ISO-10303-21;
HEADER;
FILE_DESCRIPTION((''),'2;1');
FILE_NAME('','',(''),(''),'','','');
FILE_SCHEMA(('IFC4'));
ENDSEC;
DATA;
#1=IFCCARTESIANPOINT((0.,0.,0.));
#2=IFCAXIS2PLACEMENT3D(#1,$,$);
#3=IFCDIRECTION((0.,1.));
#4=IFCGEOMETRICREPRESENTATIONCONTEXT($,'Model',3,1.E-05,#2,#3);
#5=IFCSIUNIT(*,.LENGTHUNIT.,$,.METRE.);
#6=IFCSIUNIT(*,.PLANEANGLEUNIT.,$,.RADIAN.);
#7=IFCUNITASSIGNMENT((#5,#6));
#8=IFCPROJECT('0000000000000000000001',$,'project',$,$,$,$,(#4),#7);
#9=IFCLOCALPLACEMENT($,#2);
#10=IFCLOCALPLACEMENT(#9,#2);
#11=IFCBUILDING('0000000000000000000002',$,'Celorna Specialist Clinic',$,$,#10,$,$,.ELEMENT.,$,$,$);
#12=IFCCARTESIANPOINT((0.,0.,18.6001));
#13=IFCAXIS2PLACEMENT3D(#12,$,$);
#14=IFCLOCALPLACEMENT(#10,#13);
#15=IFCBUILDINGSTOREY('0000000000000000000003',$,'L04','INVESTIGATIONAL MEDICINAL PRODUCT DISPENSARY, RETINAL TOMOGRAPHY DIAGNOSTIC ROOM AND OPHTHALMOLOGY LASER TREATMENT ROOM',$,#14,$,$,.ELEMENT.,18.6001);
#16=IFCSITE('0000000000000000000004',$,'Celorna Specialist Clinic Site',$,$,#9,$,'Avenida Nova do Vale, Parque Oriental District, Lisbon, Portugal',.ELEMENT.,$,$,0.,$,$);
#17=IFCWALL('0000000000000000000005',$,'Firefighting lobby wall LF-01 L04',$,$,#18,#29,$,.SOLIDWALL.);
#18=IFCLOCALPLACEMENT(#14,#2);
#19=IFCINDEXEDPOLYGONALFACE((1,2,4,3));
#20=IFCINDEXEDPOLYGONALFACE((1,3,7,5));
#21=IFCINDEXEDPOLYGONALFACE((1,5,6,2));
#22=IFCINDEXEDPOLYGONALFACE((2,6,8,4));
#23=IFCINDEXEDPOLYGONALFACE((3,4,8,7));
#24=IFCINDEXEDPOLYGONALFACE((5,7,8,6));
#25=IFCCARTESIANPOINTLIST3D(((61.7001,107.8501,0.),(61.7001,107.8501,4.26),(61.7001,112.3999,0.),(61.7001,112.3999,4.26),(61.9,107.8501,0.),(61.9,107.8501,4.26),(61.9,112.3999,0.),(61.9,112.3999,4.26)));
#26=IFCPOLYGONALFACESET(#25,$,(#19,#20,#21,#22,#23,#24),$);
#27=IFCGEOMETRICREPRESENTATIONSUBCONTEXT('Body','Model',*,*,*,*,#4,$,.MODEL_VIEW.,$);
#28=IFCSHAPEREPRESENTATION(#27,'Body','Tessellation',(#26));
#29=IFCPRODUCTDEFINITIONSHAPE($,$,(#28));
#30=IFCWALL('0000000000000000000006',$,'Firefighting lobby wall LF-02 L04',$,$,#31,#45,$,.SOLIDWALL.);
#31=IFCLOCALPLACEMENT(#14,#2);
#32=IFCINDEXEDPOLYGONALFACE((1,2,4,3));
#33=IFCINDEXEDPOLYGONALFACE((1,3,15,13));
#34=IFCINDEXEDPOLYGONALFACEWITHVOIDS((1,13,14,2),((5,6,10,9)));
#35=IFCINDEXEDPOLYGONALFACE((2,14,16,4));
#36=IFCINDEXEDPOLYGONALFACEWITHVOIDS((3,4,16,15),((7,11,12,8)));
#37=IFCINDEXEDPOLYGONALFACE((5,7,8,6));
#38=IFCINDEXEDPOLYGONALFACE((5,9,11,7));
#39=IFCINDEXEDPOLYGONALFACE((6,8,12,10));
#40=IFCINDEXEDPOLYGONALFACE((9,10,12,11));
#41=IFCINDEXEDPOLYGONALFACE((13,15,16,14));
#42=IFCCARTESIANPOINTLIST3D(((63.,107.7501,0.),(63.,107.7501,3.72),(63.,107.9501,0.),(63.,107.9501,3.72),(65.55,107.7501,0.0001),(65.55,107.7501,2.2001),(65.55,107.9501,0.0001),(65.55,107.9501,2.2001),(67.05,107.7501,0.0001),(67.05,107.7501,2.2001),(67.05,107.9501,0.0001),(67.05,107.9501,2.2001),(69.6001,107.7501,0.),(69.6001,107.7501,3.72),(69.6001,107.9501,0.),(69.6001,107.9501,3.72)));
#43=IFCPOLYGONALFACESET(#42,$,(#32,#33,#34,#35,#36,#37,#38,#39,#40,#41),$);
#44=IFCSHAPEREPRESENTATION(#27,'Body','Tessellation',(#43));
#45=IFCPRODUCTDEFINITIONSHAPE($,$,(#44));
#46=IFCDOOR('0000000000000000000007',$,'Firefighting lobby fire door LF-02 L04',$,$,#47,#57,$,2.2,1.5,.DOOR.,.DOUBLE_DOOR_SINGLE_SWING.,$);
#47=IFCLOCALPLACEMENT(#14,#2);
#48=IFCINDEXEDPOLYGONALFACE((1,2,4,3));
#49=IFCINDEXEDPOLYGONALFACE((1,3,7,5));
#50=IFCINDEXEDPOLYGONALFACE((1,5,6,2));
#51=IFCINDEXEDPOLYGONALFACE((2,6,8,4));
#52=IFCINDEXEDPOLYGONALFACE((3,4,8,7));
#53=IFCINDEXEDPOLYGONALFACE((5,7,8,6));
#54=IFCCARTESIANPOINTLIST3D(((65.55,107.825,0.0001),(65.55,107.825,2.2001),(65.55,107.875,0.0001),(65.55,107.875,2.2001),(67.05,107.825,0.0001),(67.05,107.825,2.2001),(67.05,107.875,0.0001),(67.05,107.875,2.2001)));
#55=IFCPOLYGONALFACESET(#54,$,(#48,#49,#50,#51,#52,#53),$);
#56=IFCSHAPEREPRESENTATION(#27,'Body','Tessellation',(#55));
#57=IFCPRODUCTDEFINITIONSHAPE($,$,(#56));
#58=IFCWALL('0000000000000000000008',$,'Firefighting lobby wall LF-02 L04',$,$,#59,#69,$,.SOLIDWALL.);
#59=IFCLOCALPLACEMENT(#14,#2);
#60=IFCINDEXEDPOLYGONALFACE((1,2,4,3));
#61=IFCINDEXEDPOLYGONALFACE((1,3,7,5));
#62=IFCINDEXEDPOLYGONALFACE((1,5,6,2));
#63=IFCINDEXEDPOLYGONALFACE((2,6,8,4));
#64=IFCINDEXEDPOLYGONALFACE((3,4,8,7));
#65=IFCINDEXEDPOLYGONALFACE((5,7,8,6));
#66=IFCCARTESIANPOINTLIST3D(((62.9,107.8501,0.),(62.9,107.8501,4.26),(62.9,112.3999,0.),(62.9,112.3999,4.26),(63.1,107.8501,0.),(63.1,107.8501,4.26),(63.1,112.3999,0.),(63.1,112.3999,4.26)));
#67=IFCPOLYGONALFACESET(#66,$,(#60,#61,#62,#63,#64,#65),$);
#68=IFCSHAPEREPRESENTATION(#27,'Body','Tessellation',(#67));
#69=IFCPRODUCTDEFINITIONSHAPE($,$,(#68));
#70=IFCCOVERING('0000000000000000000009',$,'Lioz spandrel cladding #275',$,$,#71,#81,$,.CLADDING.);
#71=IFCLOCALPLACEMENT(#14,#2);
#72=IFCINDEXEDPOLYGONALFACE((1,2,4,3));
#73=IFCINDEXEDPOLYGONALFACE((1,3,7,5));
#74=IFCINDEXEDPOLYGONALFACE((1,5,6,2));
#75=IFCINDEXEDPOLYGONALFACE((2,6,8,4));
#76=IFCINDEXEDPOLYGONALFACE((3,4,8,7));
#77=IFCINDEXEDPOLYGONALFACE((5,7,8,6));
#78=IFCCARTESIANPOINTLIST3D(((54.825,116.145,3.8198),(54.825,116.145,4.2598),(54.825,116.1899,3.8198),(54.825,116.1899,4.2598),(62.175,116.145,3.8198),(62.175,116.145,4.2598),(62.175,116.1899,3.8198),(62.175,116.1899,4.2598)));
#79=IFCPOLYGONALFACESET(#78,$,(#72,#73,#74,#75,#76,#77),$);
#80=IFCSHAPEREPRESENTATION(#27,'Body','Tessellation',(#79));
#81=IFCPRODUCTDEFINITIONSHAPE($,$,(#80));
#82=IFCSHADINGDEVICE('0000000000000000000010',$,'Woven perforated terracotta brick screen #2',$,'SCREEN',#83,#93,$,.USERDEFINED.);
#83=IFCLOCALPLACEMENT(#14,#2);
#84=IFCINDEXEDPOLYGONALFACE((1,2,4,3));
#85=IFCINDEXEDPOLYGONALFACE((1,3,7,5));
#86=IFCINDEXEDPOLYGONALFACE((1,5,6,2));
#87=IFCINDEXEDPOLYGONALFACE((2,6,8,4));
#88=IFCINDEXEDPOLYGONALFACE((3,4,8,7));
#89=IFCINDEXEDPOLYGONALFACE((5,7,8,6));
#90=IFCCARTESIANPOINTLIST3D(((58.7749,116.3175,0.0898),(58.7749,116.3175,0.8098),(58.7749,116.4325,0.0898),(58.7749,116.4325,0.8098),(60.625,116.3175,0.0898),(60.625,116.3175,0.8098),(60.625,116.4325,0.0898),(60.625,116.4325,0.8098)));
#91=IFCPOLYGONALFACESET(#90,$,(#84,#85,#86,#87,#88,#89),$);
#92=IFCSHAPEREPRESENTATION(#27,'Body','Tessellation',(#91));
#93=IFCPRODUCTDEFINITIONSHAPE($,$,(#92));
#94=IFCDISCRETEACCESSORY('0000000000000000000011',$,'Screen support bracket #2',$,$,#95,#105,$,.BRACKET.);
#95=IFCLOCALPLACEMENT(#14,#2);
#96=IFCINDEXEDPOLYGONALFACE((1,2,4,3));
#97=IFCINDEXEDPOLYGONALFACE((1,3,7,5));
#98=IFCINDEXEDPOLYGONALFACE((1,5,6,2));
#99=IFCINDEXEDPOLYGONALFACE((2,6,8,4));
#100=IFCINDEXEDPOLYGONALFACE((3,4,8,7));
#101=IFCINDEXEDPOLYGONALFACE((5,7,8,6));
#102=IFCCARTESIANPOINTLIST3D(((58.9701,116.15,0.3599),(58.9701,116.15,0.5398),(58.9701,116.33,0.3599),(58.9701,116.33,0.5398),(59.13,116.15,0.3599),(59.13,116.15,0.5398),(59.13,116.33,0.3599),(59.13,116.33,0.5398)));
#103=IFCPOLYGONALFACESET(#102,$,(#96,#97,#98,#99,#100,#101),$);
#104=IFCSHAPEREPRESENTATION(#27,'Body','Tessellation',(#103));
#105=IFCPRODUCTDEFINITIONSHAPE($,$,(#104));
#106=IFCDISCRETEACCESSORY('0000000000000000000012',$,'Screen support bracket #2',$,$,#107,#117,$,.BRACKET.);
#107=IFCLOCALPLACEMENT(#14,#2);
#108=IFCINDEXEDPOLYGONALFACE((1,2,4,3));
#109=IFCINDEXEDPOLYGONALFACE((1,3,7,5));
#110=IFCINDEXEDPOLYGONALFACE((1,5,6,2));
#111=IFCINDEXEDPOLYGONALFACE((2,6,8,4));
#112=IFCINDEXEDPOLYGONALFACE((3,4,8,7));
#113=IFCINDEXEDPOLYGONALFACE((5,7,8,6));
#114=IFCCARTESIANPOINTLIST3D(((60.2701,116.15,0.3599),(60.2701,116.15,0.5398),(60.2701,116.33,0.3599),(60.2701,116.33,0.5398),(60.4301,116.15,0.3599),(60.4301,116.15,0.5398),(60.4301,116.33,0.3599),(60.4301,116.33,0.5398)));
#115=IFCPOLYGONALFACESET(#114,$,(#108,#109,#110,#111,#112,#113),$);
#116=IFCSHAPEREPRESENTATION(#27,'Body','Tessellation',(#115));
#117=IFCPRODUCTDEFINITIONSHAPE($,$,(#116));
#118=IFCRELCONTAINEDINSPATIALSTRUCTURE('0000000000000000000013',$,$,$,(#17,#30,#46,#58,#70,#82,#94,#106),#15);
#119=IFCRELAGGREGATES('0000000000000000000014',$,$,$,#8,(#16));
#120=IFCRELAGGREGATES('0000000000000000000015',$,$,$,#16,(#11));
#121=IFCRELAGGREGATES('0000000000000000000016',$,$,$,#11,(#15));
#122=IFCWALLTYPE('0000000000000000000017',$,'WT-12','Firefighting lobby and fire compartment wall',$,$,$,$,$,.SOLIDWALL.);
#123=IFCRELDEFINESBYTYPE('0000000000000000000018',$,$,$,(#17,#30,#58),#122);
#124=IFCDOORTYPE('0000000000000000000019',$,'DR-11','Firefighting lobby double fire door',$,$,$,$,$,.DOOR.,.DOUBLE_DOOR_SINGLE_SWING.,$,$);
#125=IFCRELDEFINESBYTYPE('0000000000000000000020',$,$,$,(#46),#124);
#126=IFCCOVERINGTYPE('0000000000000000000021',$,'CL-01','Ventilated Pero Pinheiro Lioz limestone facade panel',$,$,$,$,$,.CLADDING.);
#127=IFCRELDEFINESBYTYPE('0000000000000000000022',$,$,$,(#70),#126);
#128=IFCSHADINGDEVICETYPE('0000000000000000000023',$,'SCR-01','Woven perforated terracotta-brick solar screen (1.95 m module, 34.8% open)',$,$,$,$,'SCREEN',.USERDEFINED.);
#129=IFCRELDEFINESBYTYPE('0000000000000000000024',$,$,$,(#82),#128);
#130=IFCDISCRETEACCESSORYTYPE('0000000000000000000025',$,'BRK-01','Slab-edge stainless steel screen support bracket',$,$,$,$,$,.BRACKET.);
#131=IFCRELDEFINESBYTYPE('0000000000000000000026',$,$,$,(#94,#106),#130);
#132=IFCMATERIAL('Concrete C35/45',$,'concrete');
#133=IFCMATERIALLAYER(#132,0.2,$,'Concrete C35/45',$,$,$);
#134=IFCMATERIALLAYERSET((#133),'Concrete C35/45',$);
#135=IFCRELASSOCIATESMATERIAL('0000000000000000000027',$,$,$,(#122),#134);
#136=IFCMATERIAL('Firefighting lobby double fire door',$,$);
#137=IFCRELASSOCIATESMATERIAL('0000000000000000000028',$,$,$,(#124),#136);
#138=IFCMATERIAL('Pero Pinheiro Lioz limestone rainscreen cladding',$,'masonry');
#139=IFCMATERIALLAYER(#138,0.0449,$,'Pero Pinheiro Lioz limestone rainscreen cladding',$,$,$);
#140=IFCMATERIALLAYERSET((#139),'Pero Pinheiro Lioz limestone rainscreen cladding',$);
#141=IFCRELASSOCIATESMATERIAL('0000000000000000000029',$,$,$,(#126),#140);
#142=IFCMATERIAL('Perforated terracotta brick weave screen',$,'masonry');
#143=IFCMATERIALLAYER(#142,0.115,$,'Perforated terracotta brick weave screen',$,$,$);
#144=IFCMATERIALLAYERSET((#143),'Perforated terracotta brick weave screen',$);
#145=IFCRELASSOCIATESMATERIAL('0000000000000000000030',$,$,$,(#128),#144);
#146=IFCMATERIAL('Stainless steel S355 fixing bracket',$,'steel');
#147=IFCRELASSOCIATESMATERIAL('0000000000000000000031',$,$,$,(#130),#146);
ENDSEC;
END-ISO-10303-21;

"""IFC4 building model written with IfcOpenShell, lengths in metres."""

from ifc_helpers import new_model, si_unit, direction, frame, frame_2d, origin, origin_2d, place, context, subcontext, project, spatial, rectangle, extrude, material, layer, layer_set, type_object, element, fill, save


model = new_model("IFC4")

# Units and contexts
model_context = context("Model", 3, precision=1e-05, world=origin(), true_north=direction((0.0, 1.0)))
body_context = subcontext(model_context, "Body", "Model", "MODEL_VIEW")
ifc_project = project(units=[si_unit("LENGTHUNIT", "METRE"), si_unit("PLANEANGLEUNIT", "RADIAN")], contexts=[model_context])

# Site, building, storey
site_placement = place(None, origin())
site = spatial("IfcSite", under=ifc_project, at=site_placement, Name="Celorna Specialist Clinic Site", LongName="Avenida Nova do Vale, Parque Oriental District, Lisbon, Portugal", CompositionType="ELEMENT", RefElevation=0.0)
building_placement = place(site_placement, origin())
building = spatial("IfcBuilding", under=site, at=building_placement, Name="Celorna Specialist Clinic", CompositionType="ELEMENT")
storey_placement = place(building_placement, frame((0.0, 0.0, 18.6001)))
storey = spatial("IfcBuildingStorey", under=building, at=storey_placement, Name="L04", Description="INVESTIGATIONAL MEDICINAL PRODUCT DISPENSARY, RETINAL TOMOGRAPHY DIAGNOSTIC ROOM AND OPHTHALMOLOGY LASER TREATMENT ROOM", CompositionType="ELEMENT", Elevation=18.6001)

# Shared definitions
ifc_material_1 = material(Name="Concrete C35/45", Category="concrete")

# Wall
ifc_layer_1 = layer(ifc_material_1, 0.2, Name="Concrete C35/45")
ifc_layer_set_1 = layer_set([ifc_layer_1], Name="Concrete C35/45")
wall_type_1 = type_object("IfcWallType", Name="WT-12", Description="Firefighting lobby and fire compartment wall", PredefinedType="SOLIDWALL", material=ifc_layer_set_1)
wall_1_placement = place(storey_placement, frame((61.8, 107.8501, 0.0), z_axis=(0.0, 0.0, 1.0), x_axis=(0.0, 1.0, 0.0)))
element("IfcWall", 1, at=wall_1_placement, inside=storey, type_object=wall_type_1, Name="Firefighting lobby wall LF-01 L04", PredefinedType="SOLIDWALL", context=body_context, shape_type="SweptSolid", body=[
    extrude(rectangle(XDim=4.5498, YDim=0.2, at=frame_2d((2.2749, 0.0))), origin(), (0.0, 0.0, 1.0), 4.26),
])

# Wall, opening, door
wall_2_placement = place(storey_placement, frame((63.0, 107.8501, 0.0), z_axis=(0.0, 0.0, 1.0), x_axis=(1.0, 0.0, 0.0)))
wall_2 = element("IfcWall", 2, at=wall_2_placement, inside=storey, type_object=wall_type_1, Name="Firefighting lobby wall LF-02 L04", PredefinedType="SOLIDWALL", context=body_context, shape_type="SweptSolid", body=[
    extrude(rectangle(XDim=6.6001, YDim=0.2, at=frame_2d((3.3, 0.0))), origin(), (0.0, 0.0, 1.0), 3.72),
])
opening_1_placement = place(wall_2_placement, frame((2.55, 0.0, 0.0)))
opening_1 = element("IfcOpeningElement", 3, at=opening_1_placement, cuts=wall_2, PredefinedType="OPENING", context=body_context, shape_type="SweptSolid", body=[
    extrude(rectangle(XDim=1.5, YDim=2.2, at=frame_2d((0.75, 1.1001))), frame((0.0, 0.1099, 0.0), z_axis=(0.0, -1.0, 0.0), x_axis=(1.0, 0.0, 0.0)), (0.0, 0.0, 1.0), 0.22),
])
ifc_material_2 = material(Name="Firefighting lobby double fire door")
door_type = type_object("IfcDoorType", Name="DR-11", Description="Firefighting lobby double fire door", OperationType="DOUBLE_DOOR_SINGLE_SWING", PredefinedType="DOOR", material=ifc_material_2)
door_placement = place(opening_1_placement, origin())
door = element("IfcDoor", 4, at=door_placement, inside=storey, type_object=door_type, Name="Firefighting lobby fire door LF-02 L04", OperationType="DOUBLE_DOOR_SINGLE_SWING", OverallHeight=2.2, OverallWidth=1.5, PredefinedType="DOOR", context=body_context, shape_type="SweptSolid", body=[
    extrude(rectangle(XDim=1.5, YDim=2.2, at=frame_2d((0.75, 1.1001))), frame((0.0, 0.0249, 0.0), z_axis=(0.0, -1.0, 0.0), x_axis=(1.0, 0.0, 0.0)), (0.0, 0.0, 1.0), 0.05),
])
fill(opening_1, door)

# Wall
wall_3_placement = place(storey_placement, frame((63.0, 112.3999, 0.0), z_axis=(0.0, 0.0, 1.0), x_axis=(0.0, -1.0, 0.0)))
element("IfcWall", 5, at=wall_3_placement, inside=storey, type_object=wall_type_1, Name="Firefighting lobby wall LF-02 L04", PredefinedType="SOLIDWALL", context=body_context, shape_type="SweptSolid", body=[
    extrude(rectangle(XDim=4.5498, YDim=0.2, at=frame_2d((2.2749, 0.0))), origin(), (0.0, 0.0, 1.0), 4.26),
])

# Covering
ifc_material_3 = material(Name="Pero Pinheiro Lioz limestone rainscreen cladding", Category="masonry")
ifc_layer_2 = layer(ifc_material_3, 0.0449, Name="Pero Pinheiro Lioz limestone rainscreen cladding")
ifc_layer_set_2 = layer_set([ifc_layer_2], Name="Pero Pinheiro Lioz limestone rainscreen cladding")
covering_type = type_object("IfcCoveringType", Name="CL-01", Description="Ventilated Pero Pinheiro Lioz limestone facade panel", PredefinedType="CLADDING", material=ifc_layer_set_2)
covering_placement = place(storey_placement, frame((58.5, 116.1675, 3.8198), z_axis=(0.0, 0.0, 1.0), x_axis=(1.0, 0.0, 0.0)))
element("IfcCovering", 6, at=covering_placement, inside=storey, type_object=covering_type, Name="Lioz spandrel cladding #275", PredefinedType="CLADDING", context=body_context, shape_type="SweptSolid", body=[
    extrude(rectangle(XDim=7.3501, YDim=0.0449, at=origin_2d()), origin(), (0.0, 0.0, 1.0), 0.4399),
])

# Shading device
ifc_material_4 = material(Name="Perforated terracotta brick weave screen", Category="masonry")
ifc_layer_3 = layer(ifc_material_4, 0.115, Name="Perforated terracotta brick weave screen")
ifc_layer_set_3 = layer_set([ifc_layer_3], Name="Perforated terracotta brick weave screen")
shading_device_type = type_object("IfcShadingDeviceType", Name="SCR-01", Description="Woven perforated terracotta-brick solar screen (1.95 m module, 34.8% open)", ElementType="SCREEN", PredefinedType="USERDEFINED", material=ifc_layer_set_3)
shading_device_placement = place(storey_placement, frame((59.7, 116.375, 0.0898), z_axis=(0.0, 0.0, 1.0), x_axis=(1.0, 0.0, 0.0)))
element("IfcShadingDevice", 7, at=shading_device_placement, inside=storey, type_object=shading_device_type, Name="Woven perforated terracotta brick screen #2", ObjectType="SCREEN", PredefinedType="USERDEFINED", context=body_context, shape_type="SweptSolid", body=[
    extrude(rectangle(XDim=1.8501, YDim=0.115, at=origin_2d()), origin(), (0.0, 0.0, 1.0), 0.72),
])

# Discrete accessories
ifc_material_5 = material(Name="Stainless steel S355 fixing bracket", Category="steel")
discrete_accessory_type = type_object("IfcDiscreteAccessoryType", Name="BRK-01", Description="Slab-edge stainless steel screen support bracket", PredefinedType="BRACKET", material=ifc_material_5)
for number, where, z_axis, x_axis, name in (
    (8, (59.05, 116.24, 0.3599), (0.0, 0.0, 1.0), (1.0, 0.0, 0.0), "Screen support bracket #2"),
    (9, (60.3501, 116.24, 0.3599), (0.0, 0.0, 1.0), (1.0, 0.0, 0.0), "Screen support bracket #2"),
):
    element("IfcDiscreteAccessory", number, at=place(storey_placement, frame(where, z_axis=z_axis, x_axis=x_axis)), inside=storey, type_object=discrete_accessory_type, Name=name, PredefinedType="BRACKET", context=body_context, shape_type="SweptSolid", body=[
        extrude(rectangle(XDim=0.1599, YDim=0.1799, at=origin_2d()), origin(), (0.0, 0.0, 1.0), 0.1799),
    ])

save(model, "model.ifc")
